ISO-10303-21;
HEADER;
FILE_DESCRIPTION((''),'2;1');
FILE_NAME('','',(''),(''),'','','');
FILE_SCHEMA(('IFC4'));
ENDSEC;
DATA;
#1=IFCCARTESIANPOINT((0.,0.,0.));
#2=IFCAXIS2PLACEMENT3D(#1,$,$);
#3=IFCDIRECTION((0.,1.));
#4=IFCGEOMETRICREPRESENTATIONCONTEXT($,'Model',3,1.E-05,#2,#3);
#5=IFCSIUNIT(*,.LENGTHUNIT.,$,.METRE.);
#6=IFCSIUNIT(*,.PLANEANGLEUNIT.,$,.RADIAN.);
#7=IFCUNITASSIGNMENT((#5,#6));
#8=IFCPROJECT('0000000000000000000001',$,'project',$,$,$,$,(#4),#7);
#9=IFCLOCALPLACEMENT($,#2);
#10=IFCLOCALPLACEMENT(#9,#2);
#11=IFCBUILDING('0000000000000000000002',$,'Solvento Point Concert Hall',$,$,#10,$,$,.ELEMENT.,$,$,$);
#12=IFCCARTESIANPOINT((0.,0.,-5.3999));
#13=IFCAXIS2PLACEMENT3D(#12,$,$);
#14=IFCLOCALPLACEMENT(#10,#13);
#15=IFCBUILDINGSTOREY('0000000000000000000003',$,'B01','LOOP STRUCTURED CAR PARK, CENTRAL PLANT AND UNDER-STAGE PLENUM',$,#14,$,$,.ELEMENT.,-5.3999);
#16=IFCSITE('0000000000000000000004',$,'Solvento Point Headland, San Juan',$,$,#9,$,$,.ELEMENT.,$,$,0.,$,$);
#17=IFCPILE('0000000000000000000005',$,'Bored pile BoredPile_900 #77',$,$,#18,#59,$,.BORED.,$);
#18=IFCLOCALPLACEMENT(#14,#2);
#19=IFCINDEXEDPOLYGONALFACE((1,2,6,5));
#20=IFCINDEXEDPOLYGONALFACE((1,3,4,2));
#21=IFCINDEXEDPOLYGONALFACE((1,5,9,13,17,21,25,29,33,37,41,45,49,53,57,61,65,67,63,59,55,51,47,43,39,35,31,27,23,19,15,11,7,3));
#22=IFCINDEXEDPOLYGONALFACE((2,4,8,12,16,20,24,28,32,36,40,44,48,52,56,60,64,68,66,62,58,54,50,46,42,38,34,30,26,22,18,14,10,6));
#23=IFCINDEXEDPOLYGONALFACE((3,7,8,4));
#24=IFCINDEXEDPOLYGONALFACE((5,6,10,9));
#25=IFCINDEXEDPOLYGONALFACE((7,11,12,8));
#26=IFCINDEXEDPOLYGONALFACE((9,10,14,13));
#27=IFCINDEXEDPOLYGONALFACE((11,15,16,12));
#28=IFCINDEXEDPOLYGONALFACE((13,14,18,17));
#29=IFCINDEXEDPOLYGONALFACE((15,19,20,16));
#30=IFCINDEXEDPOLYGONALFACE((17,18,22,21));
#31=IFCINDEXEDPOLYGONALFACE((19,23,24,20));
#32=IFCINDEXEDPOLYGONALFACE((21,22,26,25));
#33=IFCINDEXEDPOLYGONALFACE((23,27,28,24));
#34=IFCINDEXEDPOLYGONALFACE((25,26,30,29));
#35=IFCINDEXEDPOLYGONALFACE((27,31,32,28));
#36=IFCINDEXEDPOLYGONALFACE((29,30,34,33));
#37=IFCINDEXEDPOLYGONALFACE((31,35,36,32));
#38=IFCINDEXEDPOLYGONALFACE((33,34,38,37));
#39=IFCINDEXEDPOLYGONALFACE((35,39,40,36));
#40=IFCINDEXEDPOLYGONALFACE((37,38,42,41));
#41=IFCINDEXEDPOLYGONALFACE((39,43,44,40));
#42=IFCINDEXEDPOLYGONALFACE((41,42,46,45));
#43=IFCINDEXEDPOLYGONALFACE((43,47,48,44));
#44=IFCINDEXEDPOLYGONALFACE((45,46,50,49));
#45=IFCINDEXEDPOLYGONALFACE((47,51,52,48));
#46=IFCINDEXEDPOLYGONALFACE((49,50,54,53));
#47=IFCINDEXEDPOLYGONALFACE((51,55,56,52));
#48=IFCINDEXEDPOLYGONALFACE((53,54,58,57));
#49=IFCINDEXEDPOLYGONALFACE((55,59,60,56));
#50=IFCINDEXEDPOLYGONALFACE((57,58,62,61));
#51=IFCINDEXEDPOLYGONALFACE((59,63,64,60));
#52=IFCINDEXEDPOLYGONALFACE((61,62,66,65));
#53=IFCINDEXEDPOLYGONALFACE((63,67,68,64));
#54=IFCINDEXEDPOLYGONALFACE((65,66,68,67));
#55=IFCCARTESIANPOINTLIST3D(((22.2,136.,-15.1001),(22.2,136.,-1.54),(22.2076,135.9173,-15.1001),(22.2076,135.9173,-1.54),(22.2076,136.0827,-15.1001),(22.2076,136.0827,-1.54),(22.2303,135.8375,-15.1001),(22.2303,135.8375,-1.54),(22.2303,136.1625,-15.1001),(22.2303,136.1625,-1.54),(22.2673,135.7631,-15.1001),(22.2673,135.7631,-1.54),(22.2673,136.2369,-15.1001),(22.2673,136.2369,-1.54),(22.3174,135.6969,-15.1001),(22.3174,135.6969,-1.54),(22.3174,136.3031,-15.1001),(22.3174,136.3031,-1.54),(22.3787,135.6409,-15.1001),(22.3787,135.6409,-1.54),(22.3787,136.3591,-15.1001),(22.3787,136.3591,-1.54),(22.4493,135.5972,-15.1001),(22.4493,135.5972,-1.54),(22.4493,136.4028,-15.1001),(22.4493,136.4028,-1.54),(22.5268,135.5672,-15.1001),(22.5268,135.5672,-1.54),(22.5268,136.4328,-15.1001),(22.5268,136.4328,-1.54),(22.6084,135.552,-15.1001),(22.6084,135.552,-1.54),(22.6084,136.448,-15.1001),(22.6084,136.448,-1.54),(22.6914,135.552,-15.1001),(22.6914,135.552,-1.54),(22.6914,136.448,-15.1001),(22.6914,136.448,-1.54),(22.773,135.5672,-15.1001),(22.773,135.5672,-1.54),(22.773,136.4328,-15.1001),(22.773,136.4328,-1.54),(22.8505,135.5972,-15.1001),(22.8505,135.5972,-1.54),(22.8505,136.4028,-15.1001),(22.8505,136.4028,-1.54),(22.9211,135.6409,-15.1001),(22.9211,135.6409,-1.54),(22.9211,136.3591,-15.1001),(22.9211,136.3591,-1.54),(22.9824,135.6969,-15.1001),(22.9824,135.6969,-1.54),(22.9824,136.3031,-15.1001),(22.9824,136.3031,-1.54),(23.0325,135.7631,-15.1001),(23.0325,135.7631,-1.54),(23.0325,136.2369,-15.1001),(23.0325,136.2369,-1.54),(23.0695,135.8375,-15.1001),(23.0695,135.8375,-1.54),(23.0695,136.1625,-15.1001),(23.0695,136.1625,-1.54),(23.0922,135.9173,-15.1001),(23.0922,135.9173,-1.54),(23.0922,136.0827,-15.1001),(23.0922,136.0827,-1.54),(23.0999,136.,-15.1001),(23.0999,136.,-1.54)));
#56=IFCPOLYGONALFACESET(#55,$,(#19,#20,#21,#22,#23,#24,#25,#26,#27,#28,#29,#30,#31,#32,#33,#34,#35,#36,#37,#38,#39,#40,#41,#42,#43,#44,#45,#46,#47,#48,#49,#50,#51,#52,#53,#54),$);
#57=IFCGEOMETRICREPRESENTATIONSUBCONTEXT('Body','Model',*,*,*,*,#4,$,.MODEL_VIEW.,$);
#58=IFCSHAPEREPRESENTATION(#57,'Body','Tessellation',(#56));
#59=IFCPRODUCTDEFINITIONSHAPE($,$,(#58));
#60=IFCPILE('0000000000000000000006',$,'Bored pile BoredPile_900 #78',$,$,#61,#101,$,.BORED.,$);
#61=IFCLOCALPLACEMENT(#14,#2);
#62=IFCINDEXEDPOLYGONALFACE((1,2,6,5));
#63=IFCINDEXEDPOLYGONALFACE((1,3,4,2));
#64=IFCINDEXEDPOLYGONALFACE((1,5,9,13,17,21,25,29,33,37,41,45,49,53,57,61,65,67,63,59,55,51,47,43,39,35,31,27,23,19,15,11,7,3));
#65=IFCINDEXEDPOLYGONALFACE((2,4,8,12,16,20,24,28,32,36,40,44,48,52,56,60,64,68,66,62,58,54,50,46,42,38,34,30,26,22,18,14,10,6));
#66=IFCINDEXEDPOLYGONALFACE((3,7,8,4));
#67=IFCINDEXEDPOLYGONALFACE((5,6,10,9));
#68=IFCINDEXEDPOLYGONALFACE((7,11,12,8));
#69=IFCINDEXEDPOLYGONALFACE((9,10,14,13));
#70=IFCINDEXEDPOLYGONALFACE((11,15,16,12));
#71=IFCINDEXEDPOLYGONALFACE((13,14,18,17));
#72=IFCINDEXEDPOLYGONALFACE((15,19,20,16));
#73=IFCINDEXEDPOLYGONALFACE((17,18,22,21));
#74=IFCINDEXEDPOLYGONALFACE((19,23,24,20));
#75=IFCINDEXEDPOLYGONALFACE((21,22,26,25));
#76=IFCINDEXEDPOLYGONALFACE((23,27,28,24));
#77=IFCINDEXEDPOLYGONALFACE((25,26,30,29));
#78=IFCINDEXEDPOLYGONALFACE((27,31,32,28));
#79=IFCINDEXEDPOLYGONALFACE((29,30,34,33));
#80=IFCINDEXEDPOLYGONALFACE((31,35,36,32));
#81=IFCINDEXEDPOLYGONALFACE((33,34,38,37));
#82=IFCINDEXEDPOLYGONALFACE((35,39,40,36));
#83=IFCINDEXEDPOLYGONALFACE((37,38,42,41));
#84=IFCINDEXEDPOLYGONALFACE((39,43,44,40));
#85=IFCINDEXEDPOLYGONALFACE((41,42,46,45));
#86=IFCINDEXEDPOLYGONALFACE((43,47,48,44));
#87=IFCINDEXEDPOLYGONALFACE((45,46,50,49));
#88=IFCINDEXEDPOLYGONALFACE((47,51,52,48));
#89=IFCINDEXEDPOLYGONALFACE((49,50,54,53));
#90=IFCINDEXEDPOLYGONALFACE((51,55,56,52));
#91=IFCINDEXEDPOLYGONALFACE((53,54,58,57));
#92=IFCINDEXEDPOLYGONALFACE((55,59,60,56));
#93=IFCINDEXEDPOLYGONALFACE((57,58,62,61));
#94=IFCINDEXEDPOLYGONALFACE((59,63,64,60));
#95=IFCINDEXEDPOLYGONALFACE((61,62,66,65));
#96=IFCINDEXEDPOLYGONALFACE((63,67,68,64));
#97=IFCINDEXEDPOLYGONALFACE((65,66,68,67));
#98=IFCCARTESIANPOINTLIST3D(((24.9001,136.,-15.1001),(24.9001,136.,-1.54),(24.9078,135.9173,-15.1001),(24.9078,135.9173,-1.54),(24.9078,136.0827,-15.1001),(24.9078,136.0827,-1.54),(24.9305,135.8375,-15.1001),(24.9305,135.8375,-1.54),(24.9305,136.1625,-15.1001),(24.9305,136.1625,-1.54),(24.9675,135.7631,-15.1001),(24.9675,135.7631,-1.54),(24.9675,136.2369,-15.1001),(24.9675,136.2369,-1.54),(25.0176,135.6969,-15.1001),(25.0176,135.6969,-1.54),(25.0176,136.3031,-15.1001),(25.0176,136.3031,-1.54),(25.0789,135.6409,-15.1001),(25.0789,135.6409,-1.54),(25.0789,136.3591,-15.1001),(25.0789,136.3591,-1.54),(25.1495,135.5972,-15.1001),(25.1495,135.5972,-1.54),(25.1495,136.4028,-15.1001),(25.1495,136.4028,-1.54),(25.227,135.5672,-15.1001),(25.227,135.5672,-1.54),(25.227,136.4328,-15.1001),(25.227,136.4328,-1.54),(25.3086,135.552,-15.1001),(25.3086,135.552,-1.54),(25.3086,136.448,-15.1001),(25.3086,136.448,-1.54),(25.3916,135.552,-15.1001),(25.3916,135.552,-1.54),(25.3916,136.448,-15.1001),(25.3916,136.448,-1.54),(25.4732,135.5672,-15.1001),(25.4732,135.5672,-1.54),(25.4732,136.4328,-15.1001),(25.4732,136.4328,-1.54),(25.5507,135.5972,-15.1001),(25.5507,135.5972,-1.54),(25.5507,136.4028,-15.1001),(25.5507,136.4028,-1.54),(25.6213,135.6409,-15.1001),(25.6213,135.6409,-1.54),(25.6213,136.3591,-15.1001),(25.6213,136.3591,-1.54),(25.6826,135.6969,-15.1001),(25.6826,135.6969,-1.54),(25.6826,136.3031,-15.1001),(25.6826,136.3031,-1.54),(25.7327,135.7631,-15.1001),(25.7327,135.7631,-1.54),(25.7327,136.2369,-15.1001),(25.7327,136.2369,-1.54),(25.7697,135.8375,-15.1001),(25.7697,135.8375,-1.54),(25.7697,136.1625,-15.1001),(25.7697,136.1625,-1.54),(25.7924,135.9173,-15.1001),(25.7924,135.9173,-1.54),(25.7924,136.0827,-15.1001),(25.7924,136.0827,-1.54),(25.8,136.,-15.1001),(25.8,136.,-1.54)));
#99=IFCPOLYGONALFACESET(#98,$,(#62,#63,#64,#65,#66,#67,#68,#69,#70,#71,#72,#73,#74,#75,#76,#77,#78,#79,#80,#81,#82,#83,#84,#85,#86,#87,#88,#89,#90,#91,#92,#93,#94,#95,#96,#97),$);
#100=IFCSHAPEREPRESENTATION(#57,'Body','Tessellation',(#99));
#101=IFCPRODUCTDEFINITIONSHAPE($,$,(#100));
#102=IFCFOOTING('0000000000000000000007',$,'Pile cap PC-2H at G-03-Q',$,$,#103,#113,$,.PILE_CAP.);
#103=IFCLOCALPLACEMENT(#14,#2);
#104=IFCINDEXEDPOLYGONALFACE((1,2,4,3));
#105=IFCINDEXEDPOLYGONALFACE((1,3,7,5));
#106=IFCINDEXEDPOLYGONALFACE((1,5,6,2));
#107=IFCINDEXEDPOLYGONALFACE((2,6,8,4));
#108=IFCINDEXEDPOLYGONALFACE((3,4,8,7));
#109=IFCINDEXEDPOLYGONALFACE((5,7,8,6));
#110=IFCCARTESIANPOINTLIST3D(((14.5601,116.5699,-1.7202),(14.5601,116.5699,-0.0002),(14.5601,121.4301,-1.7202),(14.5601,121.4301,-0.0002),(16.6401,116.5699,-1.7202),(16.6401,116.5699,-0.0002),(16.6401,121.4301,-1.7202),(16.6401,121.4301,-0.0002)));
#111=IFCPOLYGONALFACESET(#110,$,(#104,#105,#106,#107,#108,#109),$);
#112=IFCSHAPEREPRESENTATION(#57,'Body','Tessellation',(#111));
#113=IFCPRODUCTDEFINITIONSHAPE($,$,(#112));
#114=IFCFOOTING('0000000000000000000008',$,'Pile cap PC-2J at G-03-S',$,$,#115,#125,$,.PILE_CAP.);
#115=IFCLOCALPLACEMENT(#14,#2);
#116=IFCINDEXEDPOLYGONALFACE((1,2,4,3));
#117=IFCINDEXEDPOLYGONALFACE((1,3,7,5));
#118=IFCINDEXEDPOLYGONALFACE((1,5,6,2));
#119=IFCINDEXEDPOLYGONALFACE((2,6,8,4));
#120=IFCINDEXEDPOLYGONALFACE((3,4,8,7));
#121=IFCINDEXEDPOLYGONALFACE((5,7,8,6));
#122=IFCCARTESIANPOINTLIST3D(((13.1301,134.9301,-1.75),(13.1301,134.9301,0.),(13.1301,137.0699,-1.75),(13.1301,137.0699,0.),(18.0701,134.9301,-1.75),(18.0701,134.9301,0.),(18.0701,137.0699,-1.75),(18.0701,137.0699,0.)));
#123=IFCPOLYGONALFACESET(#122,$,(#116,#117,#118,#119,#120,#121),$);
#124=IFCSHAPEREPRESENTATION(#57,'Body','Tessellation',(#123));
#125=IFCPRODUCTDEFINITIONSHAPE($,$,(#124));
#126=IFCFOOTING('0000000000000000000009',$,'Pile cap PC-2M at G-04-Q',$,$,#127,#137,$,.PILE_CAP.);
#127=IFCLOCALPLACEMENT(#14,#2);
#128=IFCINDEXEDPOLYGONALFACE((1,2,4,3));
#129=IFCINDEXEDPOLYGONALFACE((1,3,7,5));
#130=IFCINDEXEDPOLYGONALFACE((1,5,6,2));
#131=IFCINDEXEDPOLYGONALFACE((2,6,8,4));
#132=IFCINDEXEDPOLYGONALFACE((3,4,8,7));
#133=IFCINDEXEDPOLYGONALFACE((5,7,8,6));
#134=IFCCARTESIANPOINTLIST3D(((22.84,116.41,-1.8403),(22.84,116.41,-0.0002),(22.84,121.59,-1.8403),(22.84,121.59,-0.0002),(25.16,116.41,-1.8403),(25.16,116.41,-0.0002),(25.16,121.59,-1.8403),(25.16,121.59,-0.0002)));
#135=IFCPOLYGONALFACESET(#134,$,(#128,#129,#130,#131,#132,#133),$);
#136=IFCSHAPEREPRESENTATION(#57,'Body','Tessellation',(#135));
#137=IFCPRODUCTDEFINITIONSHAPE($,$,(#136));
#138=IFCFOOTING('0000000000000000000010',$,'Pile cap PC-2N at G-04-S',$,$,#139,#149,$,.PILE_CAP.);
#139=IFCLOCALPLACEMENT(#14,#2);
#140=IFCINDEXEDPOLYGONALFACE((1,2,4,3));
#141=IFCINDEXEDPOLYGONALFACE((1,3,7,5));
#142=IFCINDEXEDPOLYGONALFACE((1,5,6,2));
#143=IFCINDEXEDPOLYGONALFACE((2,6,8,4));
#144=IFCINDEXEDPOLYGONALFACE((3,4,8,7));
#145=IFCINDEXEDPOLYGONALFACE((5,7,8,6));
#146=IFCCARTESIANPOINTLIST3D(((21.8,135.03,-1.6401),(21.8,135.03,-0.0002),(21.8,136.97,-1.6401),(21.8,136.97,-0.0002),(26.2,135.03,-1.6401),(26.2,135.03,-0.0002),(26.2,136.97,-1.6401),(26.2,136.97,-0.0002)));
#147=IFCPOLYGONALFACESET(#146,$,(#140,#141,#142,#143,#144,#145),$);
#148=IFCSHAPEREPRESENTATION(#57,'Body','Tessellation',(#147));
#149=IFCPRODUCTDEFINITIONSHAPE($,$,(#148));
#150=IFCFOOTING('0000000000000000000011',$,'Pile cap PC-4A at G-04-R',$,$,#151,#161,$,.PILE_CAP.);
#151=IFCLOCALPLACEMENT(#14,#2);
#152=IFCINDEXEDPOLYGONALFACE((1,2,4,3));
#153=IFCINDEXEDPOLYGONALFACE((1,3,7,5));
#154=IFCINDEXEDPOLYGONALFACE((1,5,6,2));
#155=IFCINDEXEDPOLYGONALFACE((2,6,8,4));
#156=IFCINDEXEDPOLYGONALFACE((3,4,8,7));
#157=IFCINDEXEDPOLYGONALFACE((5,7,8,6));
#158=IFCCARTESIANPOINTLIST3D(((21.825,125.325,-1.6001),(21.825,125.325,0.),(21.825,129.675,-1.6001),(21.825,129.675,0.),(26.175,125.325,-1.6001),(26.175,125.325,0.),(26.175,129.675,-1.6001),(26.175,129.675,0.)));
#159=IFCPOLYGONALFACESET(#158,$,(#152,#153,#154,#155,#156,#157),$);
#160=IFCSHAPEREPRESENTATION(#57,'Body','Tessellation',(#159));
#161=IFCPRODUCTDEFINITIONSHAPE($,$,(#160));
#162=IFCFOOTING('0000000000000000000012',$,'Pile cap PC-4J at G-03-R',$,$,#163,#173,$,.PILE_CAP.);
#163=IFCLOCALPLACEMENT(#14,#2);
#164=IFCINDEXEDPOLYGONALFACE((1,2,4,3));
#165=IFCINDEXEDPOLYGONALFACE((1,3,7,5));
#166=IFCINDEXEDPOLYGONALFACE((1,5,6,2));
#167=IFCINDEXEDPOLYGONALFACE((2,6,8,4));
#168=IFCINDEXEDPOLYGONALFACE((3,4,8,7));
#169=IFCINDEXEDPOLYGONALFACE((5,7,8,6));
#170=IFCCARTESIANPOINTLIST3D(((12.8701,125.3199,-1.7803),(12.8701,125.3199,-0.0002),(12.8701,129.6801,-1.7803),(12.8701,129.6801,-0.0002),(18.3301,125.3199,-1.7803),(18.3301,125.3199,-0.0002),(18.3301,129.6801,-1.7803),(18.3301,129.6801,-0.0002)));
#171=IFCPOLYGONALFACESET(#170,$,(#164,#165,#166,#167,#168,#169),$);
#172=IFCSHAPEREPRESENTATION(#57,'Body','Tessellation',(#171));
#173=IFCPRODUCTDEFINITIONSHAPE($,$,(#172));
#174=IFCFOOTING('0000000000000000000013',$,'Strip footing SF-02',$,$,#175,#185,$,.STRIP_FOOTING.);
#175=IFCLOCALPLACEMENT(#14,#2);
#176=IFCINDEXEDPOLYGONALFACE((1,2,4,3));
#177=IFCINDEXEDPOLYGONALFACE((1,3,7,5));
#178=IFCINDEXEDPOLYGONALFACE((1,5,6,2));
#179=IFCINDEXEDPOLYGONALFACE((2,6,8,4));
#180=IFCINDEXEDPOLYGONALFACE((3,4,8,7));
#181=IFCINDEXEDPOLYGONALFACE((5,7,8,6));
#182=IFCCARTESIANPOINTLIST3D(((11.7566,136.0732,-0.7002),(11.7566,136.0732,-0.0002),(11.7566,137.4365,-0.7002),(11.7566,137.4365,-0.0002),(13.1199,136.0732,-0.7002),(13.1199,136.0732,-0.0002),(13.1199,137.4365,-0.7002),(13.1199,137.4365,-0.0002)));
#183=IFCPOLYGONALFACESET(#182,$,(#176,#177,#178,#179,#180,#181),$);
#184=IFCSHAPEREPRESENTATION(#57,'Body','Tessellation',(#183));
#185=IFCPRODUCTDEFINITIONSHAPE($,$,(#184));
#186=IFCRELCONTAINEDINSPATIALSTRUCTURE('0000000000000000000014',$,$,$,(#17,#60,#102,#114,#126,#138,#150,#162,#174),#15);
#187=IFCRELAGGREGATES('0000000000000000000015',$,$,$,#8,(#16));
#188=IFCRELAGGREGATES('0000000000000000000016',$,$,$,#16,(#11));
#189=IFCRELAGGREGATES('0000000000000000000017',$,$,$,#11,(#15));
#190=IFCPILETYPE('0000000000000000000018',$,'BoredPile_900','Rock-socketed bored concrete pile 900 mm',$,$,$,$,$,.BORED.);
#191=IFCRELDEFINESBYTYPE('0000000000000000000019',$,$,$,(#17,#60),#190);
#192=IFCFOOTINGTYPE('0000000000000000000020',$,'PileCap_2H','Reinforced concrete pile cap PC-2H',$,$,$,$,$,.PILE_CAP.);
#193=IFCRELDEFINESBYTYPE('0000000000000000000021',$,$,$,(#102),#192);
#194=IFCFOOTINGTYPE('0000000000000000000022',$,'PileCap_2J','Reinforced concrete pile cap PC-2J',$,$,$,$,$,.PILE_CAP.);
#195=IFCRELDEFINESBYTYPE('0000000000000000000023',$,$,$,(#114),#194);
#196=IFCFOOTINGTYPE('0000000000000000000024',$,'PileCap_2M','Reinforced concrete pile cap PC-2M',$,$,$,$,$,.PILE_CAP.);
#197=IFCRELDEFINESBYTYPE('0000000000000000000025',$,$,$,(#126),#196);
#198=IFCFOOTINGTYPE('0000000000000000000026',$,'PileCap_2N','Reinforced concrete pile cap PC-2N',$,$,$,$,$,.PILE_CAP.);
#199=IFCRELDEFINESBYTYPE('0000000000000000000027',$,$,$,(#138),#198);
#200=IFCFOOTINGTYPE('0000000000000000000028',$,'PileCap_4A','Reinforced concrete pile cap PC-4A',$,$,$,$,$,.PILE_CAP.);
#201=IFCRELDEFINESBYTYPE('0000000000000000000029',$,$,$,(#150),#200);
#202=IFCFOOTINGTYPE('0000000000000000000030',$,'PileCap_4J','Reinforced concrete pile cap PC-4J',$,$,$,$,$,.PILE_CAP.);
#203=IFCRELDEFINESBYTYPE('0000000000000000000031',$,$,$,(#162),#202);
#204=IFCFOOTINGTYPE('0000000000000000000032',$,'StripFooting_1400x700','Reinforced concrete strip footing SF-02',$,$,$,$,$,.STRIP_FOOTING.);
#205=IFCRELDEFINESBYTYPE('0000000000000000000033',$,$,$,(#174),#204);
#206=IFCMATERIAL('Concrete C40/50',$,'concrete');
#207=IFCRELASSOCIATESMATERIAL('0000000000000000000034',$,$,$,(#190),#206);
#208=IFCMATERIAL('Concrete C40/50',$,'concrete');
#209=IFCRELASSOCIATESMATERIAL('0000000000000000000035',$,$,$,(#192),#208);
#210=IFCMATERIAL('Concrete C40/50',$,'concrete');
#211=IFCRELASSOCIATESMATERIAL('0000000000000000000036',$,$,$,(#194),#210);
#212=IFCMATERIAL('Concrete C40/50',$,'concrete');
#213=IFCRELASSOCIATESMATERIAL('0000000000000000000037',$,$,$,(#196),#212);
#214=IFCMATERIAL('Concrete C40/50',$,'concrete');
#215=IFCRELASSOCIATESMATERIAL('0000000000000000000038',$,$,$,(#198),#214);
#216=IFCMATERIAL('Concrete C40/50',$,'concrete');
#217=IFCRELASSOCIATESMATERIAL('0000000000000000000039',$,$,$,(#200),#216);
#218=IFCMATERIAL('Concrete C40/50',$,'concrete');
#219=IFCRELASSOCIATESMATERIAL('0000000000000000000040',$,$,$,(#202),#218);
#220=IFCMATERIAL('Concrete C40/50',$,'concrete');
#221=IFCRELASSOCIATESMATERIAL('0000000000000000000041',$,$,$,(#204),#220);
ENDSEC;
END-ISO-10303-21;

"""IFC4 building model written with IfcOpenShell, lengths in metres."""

from ifc_helpers import new_model, si_unit, direction, frame, origin, origin_2d, place, context, subcontext, project, spatial, rectangle, circle, extrude, material, material_profile, profile_set, type_object, element, save


model = new_model("IFC4")

# Units and contexts
model_context = context("Model", 3, precision=1e-05, world=origin(), true_north=direction((0.0, 1.0)))
body_context = subcontext(model_context, "Body", "Model", "MODEL_VIEW")
ifc_project = project(units=[si_unit("LENGTHUNIT", "METRE"), si_unit("PLANEANGLEUNIT", "RADIAN")], contexts=[model_context])

# Site, building, storey
site_placement = place(None, origin())
site = spatial("IfcSite", under=ifc_project, at=site_placement, Name="Solvento Point Headland, San Juan", CompositionType="ELEMENT", RefElevation=0.0)
building_placement = place(site_placement, origin())
building = spatial("IfcBuilding", under=site, at=building_placement, Name="Solvento Point Concert Hall", CompositionType="ELEMENT")
storey_placement = place(building_placement, frame((0.0, 0.0, -5.3999)))
storey = spatial("IfcBuildingStorey", under=building, at=storey_placement, Name="B01", Description="LOOP STRUCTURED CAR PARK, CENTRAL PLANT AND UNDER-STAGE PLENUM", CompositionType="ELEMENT", Elevation=-5.3999)

# Piles
ifc_material_1 = material(Name="Concrete C40/50", Category="concrete")
ifc_material_profile_1 = material_profile(ifc_material_1, circle(Radius=0.45, at=origin_2d()), Name="BP-900")
ifc_profile_set_1 = profile_set([ifc_material_profile_1], Name="Concrete C40/50")
pile_type = type_object("IfcPileType", Name="BoredPile_900", Description="Rock-socketed bored concrete pile 900 mm", PredefinedType="BORED", material=ifc_profile_set_1)
for number, where, z_axis, x_axis, name in (
    (1, (22.6499, 136.0, -1.54), (0.0, 0.0, -1.0), (1.0, 0.0, 0.0), "Bored pile BoredPile_900 #77"),
    (2, (25.3501, 136.0, -1.54), (0.0, 0.0, -1.0), (1.0, 0.0, 0.0), "Bored pile BoredPile_900 #78"),
):
    element("IfcPile", number, at=place(storey_placement, frame(where, z_axis=z_axis, x_axis=x_axis)), inside=storey, type_object=pile_type, Name=name, PredefinedType="BORED", context=body_context, shape_type="SweptSolid", body=[
        extrude(circle(Radius=0.45, at=origin_2d()), origin(), (0.0, 0.0, 1.0), 13.5601),
    ])

# Footings
ifc_material_2 = material(Name="Concrete C40/50", Category="concrete")
footing_type_1 = type_object("IfcFootingType", Name="PileCap_2H", Description="Reinforced concrete pile cap PC-2H", PredefinedType="PILE_CAP", material=ifc_material_2)
footing_1_placement = place(storey_placement, frame((15.6001, 119.0, -1.7202), z_axis=(0.0, 0.0, 1.0), x_axis=(1.0, 0.0, 0.0)))
element("IfcFooting", 3, at=footing_1_placement, inside=storey, type_object=footing_type_1, Name="Pile cap PC-2H at G-03-Q", PredefinedType="PILE_CAP", context=body_context, shape_type="SweptSolid", body=[
    extrude(rectangle(XDim=2.0801, YDim=4.8601, at=origin_2d()), origin(), (0.0, 0.0, 1.0), 1.72),
])
ifc_material_3 = material(Name="Concrete C40/50", Category="concrete")
footing_type_2 = type_object("IfcFootingType", Name="PileCap_2J", Description="Reinforced concrete pile cap PC-2J", PredefinedType="PILE_CAP", material=ifc_material_3)
footing_2_placement = place(storey_placement, frame((15.6001, 136.0, -1.75), z_axis=(0.0, 0.0, 1.0), x_axis=(1.0, 0.0, 0.0)))
element("IfcFooting", 4, at=footing_2_placement, inside=storey, type_object=footing_type_2, Name="Pile cap PC-2J at G-03-S", PredefinedType="PILE_CAP", context=body_context, shape_type="SweptSolid", body=[
    extrude(rectangle(XDim=4.9399, YDim=2.1399, at=origin_2d()), origin(), (0.0, 0.0, 1.0), 1.75),
])
ifc_material_4 = material(Name="Concrete C40/50", Category="concrete")
footing_type_3 = type_object("IfcFootingType", Name="PileCap_2M", Description="Reinforced concrete pile cap PC-2M", PredefinedType="PILE_CAP", material=ifc_material_4)
footing_3_placement = place(storey_placement, frame((24.0, 119.0, -1.8403), z_axis=(0.0, 0.0, 1.0), x_axis=(1.0, 0.0, 0.0)))
element("IfcFooting", 5, at=footing_3_placement, inside=storey, type_object=footing_type_3, Name="Pile cap PC-2M at G-04-Q", PredefinedType="PILE_CAP", context=body_context, shape_type="SweptSolid", body=[
    extrude(rectangle(XDim=2.3201, YDim=5.1799, at=origin_2d()), origin(), (0.0, 0.0, 1.0), 1.8401),
])
ifc_material_5 = material(Name="Concrete C40/50", Category="concrete")
footing_type_4 = type_object("IfcFootingType", Name="PileCap_2N", Description="Reinforced concrete pile cap PC-2N", PredefinedType="PILE_CAP", material=ifc_material_5)
footing_4_placement = place(storey_placement, frame((24.0, 136.0, -1.6401), z_axis=(0.0, 0.0, 1.0), x_axis=(1.0, 0.0, 0.0)))
element("IfcFooting", 6, at=footing_4_placement, inside=storey, type_object=footing_type_4, Name="Pile cap PC-2N at G-04-S", PredefinedType="PILE_CAP", context=body_context, shape_type="SweptSolid", body=[
    extrude(rectangle(XDim=4.3999, YDim=1.9399, at=origin_2d()), origin(), (0.0, 0.0, 1.0), 1.6399),
])
ifc_material_6 = material(Name="Concrete C40/50", Category="concrete")
footing_type_5 = type_object("IfcFootingType", Name="PileCap_4A", Description="Reinforced concrete pile cap PC-4A", PredefinedType="PILE_CAP", material=ifc_material_6)
footing_5_placement = place(storey_placement, frame((24.0, 127.5, -1.6001), z_axis=(0.0, 0.0, 1.0), x_axis=(1.0, 0.0, 0.0)))
element("IfcFooting", 7, at=footing_5_placement, inside=storey, type_object=footing_type_5, Name="Pile cap PC-4A at G-04-R", PredefinedType="PILE_CAP", context=body_context, shape_type="SweptSolid", body=[
    extrude(rectangle(XDim=4.3501, YDim=4.3501, at=origin_2d()), origin(), (0.0, 0.0, 1.0), 1.6001),
])
ifc_material_7 = material(Name="Concrete C40/50", Category="concrete")
footing_type_6 = type_object("IfcFootingType", Name="PileCap_4J", Description="Reinforced concrete pile cap PC-4J", PredefinedType="PILE_CAP", material=ifc_material_7)
footing_6_placement = place(storey_placement, frame((15.6001, 127.5, -1.7803), z_axis=(0.0, 0.0, 1.0), x_axis=(1.0, 0.0, 0.0)))
element("IfcFooting", 8, at=footing_6_placement, inside=storey, type_object=footing_type_6, Name="Pile cap PC-4J at G-03-R", PredefinedType="PILE_CAP", context=body_context, shape_type="SweptSolid", body=[
    extrude(rectangle(XDim=5.46, YDim=4.3601, at=origin_2d()), origin(), (0.0, 0.0, 1.0), 1.78),
])
ifc_material_8 = material(Name="Concrete C40/50", Category="concrete")
footing_type_7 = type_object("IfcFootingType", Name="StripFooting_1400x700", Description="Reinforced concrete strip footing SF-02", PredefinedType="STRIP_FOOTING", material=ifc_material_8)
footing_7_placement = place(storey_placement, frame((12.4382, 136.7549, -0.7002), z_axis=(0.0, 0.0, 1.0), x_axis=(1.0, 0.0, 0.0)))
element("IfcFooting", 9, at=footing_7_placement, inside=storey, type_object=footing_type_7, Name="Strip footing SF-02", PredefinedType="STRIP_FOOTING", context=body_context, shape_type="SweptSolid", body=[
    extrude(rectangle(XDim=1.3633, YDim=1.3633, at=origin_2d()), origin(), (0.0, 0.0, 1.0), 0.7),
])

save(model, "model.ifc")
